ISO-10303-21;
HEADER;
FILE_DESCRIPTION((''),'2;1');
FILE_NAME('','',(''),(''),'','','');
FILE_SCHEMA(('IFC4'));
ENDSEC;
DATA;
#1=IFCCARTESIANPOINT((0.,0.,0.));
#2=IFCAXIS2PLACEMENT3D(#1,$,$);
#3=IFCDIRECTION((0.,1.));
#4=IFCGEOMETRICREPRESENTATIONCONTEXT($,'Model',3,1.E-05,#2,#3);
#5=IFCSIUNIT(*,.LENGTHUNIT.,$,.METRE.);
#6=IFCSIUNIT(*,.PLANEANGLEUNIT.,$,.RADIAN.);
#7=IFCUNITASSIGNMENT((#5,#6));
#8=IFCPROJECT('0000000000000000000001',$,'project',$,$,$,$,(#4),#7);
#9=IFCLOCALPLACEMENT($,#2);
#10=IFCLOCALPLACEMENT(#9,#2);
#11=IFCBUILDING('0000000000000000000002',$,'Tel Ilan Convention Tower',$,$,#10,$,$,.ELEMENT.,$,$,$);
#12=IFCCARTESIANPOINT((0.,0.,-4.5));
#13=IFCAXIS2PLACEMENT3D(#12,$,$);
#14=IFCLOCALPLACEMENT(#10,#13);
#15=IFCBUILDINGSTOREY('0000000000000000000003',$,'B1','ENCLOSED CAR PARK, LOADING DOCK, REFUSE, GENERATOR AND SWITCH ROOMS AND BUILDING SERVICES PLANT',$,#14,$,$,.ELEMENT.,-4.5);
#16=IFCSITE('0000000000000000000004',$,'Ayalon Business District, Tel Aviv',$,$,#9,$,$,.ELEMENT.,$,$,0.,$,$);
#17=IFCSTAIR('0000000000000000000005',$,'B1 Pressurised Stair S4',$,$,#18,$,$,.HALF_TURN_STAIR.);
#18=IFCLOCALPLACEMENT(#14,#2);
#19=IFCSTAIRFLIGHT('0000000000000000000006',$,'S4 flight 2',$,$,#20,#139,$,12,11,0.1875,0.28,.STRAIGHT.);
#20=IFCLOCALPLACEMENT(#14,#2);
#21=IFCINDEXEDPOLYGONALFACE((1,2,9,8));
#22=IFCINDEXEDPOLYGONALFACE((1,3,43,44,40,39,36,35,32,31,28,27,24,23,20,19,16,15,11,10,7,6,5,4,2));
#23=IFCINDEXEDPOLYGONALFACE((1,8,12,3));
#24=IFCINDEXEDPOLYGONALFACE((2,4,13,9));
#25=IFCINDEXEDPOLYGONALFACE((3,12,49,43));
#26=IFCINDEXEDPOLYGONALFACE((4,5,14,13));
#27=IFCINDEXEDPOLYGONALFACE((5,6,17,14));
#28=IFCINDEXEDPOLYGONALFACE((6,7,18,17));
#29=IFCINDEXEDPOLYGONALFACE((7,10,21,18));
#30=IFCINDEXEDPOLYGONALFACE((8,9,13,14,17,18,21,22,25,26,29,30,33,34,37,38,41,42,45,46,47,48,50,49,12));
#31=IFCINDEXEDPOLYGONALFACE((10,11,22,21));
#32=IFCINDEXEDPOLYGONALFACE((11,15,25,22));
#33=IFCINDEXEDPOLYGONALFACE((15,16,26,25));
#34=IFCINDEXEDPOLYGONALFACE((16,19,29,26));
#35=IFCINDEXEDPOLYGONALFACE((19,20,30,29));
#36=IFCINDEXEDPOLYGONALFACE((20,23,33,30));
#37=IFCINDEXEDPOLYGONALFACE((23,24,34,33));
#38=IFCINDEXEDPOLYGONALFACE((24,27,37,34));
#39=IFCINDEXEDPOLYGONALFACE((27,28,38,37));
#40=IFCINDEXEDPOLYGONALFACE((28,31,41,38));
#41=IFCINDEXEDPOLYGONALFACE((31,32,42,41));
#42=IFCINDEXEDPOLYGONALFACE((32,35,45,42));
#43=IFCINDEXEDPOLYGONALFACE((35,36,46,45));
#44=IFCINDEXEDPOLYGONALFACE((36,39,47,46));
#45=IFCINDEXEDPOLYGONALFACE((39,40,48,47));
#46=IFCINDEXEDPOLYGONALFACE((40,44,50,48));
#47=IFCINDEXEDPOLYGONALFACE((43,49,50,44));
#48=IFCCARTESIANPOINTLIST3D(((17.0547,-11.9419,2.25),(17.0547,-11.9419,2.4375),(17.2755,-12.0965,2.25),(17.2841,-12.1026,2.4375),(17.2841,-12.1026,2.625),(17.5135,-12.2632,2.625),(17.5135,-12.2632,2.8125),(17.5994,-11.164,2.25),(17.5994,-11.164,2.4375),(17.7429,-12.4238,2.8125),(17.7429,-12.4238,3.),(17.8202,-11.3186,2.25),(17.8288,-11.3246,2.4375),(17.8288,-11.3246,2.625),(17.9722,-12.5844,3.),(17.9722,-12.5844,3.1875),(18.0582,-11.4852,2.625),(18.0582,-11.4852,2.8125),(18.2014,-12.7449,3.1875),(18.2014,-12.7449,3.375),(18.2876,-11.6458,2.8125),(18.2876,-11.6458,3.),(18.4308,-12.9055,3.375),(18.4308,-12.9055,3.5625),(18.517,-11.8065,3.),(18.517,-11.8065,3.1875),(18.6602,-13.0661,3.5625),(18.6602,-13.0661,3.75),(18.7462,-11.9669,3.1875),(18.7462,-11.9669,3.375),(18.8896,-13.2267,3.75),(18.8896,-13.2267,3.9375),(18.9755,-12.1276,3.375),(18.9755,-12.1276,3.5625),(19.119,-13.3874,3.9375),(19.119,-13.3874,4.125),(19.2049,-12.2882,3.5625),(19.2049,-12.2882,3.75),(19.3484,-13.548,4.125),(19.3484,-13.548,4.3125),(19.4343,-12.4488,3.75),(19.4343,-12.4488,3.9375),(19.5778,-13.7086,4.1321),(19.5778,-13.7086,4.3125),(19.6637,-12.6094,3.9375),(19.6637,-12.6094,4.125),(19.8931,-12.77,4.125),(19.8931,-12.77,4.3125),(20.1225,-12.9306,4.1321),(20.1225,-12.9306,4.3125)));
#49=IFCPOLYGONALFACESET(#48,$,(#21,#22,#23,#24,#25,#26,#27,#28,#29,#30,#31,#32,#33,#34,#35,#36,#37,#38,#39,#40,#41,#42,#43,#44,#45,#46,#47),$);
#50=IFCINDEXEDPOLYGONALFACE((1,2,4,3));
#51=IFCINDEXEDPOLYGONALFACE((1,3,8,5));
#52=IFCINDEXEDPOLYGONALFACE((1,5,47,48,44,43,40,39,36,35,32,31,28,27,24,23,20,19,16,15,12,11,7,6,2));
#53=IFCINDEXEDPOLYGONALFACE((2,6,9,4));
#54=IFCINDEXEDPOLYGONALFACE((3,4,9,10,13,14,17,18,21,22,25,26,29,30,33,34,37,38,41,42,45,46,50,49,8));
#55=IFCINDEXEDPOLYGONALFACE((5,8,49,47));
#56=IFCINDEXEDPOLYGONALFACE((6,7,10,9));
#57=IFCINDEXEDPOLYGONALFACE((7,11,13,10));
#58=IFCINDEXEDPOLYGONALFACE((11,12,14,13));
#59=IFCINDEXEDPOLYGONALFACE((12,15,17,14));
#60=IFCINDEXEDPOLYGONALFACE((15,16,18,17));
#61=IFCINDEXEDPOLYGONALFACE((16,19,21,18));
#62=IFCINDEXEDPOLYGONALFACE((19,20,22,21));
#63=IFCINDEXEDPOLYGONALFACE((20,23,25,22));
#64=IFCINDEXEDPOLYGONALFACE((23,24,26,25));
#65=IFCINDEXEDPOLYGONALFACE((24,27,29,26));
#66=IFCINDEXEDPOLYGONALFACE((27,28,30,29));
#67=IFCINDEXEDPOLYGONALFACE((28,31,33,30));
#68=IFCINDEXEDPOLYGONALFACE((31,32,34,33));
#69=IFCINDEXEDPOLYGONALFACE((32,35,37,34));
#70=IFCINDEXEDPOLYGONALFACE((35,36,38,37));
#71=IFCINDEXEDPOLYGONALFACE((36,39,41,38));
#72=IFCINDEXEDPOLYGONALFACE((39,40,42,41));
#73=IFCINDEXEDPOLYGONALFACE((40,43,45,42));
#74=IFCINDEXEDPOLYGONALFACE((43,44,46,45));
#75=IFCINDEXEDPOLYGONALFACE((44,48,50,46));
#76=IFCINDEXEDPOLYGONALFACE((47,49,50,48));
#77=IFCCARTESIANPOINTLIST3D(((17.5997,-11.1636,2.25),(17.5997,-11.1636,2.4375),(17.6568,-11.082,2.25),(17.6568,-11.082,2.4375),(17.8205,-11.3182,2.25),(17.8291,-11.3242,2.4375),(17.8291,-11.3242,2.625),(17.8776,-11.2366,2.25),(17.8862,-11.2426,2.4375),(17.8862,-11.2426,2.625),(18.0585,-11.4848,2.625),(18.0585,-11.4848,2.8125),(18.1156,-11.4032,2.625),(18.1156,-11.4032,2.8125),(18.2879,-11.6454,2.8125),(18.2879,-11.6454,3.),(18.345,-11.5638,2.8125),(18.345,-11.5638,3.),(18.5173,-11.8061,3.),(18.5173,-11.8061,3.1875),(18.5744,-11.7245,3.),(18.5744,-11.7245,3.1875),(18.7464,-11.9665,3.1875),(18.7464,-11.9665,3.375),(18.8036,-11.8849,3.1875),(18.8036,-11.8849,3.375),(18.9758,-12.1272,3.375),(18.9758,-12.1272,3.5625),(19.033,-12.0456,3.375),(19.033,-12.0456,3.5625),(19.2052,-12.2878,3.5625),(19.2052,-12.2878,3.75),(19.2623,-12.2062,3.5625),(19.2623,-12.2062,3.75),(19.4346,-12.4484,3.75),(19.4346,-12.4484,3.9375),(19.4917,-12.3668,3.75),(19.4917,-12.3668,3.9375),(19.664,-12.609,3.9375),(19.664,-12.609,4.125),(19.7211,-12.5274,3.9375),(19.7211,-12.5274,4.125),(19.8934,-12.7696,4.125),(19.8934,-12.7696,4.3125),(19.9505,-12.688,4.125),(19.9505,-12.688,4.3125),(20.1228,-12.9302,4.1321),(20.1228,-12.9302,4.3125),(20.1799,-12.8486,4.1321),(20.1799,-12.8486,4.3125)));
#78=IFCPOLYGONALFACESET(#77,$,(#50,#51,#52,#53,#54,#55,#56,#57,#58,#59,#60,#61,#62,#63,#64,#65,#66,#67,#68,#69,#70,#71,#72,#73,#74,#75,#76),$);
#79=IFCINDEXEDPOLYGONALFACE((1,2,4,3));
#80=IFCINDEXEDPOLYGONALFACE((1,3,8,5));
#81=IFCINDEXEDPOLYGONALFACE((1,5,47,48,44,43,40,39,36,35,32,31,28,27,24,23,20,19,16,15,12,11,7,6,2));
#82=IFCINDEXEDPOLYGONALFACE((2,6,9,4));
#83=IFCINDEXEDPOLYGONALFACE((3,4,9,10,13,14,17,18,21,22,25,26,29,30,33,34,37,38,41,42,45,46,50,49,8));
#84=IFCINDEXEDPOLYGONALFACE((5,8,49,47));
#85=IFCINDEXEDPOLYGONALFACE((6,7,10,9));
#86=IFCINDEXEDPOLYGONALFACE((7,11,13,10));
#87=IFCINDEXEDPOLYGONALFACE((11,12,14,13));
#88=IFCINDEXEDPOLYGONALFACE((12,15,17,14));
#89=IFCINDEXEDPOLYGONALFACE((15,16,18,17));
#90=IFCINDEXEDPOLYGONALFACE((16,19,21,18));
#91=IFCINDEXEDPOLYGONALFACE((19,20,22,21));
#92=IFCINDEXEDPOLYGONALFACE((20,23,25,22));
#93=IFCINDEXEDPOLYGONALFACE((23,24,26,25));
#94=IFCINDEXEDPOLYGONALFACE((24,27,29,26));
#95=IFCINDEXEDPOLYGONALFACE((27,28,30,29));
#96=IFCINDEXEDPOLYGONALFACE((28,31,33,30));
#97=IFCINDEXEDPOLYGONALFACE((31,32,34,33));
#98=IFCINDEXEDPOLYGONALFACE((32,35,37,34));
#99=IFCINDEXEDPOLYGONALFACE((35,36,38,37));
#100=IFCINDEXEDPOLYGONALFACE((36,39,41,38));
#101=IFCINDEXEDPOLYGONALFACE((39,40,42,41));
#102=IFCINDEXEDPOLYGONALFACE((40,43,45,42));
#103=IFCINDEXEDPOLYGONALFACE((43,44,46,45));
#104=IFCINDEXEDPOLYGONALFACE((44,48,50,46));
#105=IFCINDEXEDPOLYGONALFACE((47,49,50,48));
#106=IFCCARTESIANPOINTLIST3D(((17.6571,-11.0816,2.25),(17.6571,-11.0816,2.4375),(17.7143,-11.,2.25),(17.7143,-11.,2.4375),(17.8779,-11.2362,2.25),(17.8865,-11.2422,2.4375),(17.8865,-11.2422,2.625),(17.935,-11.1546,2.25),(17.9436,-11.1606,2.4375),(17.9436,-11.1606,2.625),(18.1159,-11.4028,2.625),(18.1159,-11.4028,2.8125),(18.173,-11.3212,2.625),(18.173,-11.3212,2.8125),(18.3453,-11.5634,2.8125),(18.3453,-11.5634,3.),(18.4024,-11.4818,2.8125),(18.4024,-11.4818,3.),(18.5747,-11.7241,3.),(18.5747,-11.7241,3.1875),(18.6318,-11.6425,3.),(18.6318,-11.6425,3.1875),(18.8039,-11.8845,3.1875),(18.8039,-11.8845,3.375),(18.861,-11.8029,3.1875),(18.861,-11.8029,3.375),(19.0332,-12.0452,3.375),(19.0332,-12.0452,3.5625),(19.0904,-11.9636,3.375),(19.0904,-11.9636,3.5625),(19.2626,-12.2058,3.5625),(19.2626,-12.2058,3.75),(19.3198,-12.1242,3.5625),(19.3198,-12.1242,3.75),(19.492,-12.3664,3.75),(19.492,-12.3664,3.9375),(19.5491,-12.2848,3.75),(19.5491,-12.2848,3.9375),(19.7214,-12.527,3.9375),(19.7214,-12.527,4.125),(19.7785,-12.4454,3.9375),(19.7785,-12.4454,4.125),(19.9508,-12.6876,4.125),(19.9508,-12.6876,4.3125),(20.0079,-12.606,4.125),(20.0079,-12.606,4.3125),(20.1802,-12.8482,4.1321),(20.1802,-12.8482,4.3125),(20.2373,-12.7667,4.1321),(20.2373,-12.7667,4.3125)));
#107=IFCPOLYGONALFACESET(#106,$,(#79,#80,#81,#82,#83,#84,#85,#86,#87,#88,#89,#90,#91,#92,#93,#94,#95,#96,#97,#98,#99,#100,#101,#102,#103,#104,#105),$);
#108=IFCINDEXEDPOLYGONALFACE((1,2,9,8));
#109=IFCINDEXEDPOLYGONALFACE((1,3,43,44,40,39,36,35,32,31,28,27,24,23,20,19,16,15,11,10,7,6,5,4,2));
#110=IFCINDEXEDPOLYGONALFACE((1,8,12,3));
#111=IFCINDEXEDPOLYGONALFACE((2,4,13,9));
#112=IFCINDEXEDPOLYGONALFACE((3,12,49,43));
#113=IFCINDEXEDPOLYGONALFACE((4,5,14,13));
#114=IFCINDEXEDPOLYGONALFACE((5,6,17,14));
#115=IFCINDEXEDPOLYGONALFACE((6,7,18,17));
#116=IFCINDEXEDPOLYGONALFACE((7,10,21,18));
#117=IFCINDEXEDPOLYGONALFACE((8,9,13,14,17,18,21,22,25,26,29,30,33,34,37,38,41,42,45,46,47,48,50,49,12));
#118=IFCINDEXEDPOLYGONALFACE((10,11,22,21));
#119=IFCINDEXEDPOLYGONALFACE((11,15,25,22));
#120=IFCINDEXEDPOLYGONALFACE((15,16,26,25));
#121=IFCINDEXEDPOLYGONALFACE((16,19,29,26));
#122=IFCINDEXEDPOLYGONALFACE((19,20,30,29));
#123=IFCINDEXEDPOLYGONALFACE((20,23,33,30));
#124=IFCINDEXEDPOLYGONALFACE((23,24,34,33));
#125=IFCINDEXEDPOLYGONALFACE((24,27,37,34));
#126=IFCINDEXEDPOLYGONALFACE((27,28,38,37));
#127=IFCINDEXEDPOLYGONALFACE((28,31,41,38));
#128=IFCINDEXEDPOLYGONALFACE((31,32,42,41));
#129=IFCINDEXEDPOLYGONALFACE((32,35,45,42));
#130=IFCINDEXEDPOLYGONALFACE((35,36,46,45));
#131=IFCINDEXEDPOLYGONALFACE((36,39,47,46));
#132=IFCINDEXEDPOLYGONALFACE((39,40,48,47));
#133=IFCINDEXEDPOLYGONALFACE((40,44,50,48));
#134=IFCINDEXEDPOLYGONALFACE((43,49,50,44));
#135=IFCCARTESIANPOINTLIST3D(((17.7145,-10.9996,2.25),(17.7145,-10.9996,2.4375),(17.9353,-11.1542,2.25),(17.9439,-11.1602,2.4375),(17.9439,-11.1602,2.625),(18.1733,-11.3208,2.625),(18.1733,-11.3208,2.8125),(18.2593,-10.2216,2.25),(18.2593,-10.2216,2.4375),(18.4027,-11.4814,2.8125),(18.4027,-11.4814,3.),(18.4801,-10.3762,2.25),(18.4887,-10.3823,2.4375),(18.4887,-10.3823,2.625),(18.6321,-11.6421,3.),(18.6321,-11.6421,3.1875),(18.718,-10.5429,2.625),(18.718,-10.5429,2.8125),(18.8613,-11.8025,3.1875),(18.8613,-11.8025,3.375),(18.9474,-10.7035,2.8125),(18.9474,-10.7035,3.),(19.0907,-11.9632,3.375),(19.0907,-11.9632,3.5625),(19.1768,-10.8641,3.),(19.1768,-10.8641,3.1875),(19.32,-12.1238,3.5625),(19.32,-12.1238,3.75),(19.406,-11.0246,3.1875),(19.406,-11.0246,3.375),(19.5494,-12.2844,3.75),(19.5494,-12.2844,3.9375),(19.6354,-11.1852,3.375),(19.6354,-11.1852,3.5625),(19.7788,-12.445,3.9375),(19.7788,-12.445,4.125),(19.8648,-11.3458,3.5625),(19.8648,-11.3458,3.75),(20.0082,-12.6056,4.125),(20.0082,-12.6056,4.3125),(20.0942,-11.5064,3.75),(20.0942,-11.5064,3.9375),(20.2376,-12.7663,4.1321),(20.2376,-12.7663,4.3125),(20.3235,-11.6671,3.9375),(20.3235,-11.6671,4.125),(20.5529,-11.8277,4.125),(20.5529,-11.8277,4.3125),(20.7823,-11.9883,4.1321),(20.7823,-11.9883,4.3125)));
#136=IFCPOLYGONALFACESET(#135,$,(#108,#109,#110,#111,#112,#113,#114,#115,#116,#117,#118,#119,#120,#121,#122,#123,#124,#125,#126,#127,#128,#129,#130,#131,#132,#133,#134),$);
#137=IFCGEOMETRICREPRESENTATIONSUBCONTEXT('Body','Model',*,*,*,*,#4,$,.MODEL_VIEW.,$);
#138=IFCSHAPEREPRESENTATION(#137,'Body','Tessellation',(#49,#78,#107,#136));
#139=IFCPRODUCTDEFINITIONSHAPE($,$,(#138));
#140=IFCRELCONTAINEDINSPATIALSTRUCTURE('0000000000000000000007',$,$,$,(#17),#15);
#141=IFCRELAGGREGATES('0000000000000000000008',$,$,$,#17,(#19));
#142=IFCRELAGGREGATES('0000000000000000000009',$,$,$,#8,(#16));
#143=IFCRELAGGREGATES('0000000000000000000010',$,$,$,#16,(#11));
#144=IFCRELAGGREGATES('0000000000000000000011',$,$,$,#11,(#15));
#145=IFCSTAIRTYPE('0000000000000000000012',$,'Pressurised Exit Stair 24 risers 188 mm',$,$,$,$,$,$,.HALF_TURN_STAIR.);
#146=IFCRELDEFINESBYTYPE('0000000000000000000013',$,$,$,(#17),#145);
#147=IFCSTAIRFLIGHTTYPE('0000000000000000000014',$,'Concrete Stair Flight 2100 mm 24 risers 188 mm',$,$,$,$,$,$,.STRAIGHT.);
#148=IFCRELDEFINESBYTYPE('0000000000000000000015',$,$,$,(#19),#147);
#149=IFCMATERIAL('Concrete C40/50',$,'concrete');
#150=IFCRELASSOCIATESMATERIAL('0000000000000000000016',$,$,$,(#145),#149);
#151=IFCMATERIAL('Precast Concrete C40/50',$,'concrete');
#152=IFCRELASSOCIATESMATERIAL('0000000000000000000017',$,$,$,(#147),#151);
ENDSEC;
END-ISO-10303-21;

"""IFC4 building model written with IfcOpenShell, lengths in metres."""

from ifc_helpers import new_model, si_unit, direction, frame, origin, place, context, subcontext, project, spatial, polyline, outline, extrude, material, type_object, element, aggregate, save


model = new_model("IFC4")

# Units and contexts
model_context = context("Model", 3, precision=1e-05, world=origin(), true_north=direction((0.0, 1.0)))
body_context = subcontext(model_context, "Body", "Model", "MODEL_VIEW")
ifc_project = project(units=[si_unit("LENGTHUNIT", "METRE"), si_unit("PLANEANGLEUNIT", "RADIAN")], contexts=[model_context])

# Site, building, storey
site_placement = place(None, origin())
site = spatial("IfcSite", under=ifc_project, at=site_placement, Name="Ayalon Business District, Tel Aviv", CompositionType="ELEMENT", RefElevation=0.0)
building_placement = place(site_placement, origin())
building = spatial("IfcBuilding", under=site, at=building_placement, Name="Tel Ilan Convention Tower", CompositionType="ELEMENT")
storey_placement = place(building_placement, frame((0.0, 0.0, -4.5)))
storey = spatial("IfcBuildingStorey", under=building, at=storey_placement, Name="B1", Description="ENCLOSED CAR PARK, LOADING DOCK, REFUSE, GENERATOR AND SWITCH ROOMS AND BUILDING SERVICES PLANT", CompositionType="ELEMENT", Elevation=-4.5)

# Stair, stair flight
ifc_material_1 = material(Name="Concrete C40/50", Category="concrete")
stair_type = type_object("IfcStairType", Name="Pressurised Exit Stair 24 risers 188 mm", PredefinedType="HALF_TURN_STAIR", material=ifc_material_1)
ifc_material_2 = material(Name="Precast Concrete C40/50", Category="concrete")
stair_flight_type = type_object("IfcStairFlightType", Name="Concrete Stair Flight 2100 mm 24 risers 188 mm", PredefinedType="STRAIGHT", material=ifc_material_2)
stair_1_placement = place(storey_placement, origin())
stair_1 = element("IfcStair", 1, at=stair_1_placement, inside=storey, type_object=stair_type, Name="B1 Pressurised Stair S4", PredefinedType="HALF_TURN_STAIR")
stair_flight_1_placement = place(storey_placement, frame((17.657, -11.0818, 2.25), z_axis=(0.0, 0.0, 1.0), x_axis=(0.819152, -0.573576, 0.0)))
stair_flight_1 = element("IfcStairFlight", 2, at=stair_flight_1_placement, type_object=stair_flight_type, Name="S4 flight 2", NumberOfRisers=12, NumberOfTreads=11, PredefinedType="STRAIGHT", RiserHeight=0.1875, TreadLength=0.28, context=body_context, shape_type="SweptSolid", body=[
    extrude(outline(polyline([(0.0, 0.0), (0.0, 0.1875), (0.28, 0.1875), (0.28, 0.375), (0.5601, 0.375), (0.5601, 0.5625), (0.8401, 0.5625), (0.8401, 0.75), (1.1201, 0.75), (1.1201, 0.9375), (1.3999, 0.9375), (1.3999, 1.125), (1.6799, 1.125), (1.6799, 1.3125), (1.96, 1.3125), (1.96, 1.5), (2.24, 1.5), (2.24, 1.6875), (2.52, 1.6875), (2.52, 1.875), (2.8, 1.875), (2.8, 2.0625), (3.0801, 2.0625), (3.0801, 2.25), (3.0801, 1.8821), (0.2695, 0.0), (0.0, 0.0)])), frame((0.0, -0.1003, 0.0), z_axis=(0.0, -1.0, 0.0), x_axis=(1.0, 0.0, 0.0)), (0.0, 0.0, 1.0), 0.9497),
    extrude(outline(polyline([(0.0, 0.0), (0.0, 0.1875), (0.28, 0.1875), (0.28, 0.375), (0.5601, 0.375), (0.5601, 0.5625), (0.8401, 0.5625), (0.8401, 0.75), (1.1201, 0.75), (1.1201, 0.9375), (1.3999, 0.9375), (1.3999, 1.125), (1.6799, 1.125), (1.6799, 1.3125), (1.96, 1.3125), (1.96, 1.5), (2.24, 1.5), (2.24, 1.6875), (2.52, 1.6875), (2.52, 1.875), (2.8, 1.875), (2.8, 2.0625), (3.0801, 2.0625), (3.0801, 2.25), (3.0801, 1.8821), (0.2695, 0.0), (0.0, 0.0)])), frame((0.0, -0.0002, 0.0), z_axis=(0.0, -1.0, 0.0), x_axis=(1.0, 0.0, 0.0)), (0.0, 0.0, 1.0), 0.0996),
    extrude(outline(polyline([(0.0, 0.0), (0.0, 0.1875), (0.28, 0.1875), (0.28, 0.375), (0.5601, 0.375), (0.5601, 0.5625), (0.8401, 0.5625), (0.8401, 0.75), (1.1201, 0.75), (1.1201, 0.9375), (1.3999, 0.9375), (1.3999, 1.125), (1.6799, 1.125), (1.6799, 1.3125), (1.96, 1.3125), (1.96, 1.5), (2.24, 1.5), (2.24, 1.6875), (2.52, 1.6875), (2.52, 1.875), (2.8, 1.875), (2.8, 2.0625), (3.0801, 2.0625), (3.0801, 2.25), (3.0801, 1.8821), (0.2695, 0.0), (0.0, 0.0)])), frame((0.0, 0.0999, 0.0), z_axis=(0.0, -1.0, 0.0), x_axis=(1.0, 0.0, 0.0)), (0.0, 0.0, 1.0), 0.0996),
    extrude(outline(polyline([(0.0, 0.0), (0.0, 0.1875), (0.28, 0.1875), (0.28, 0.375), (0.5601, 0.375), (0.5601, 0.5625), (0.8401, 0.5625), (0.8401, 0.75), (1.1201, 0.75), (1.1201, 0.9375), (1.3999, 0.9375), (1.3999, 1.125), (1.6799, 1.125), (1.6799, 1.3125), (1.96, 1.3125), (1.96, 1.5), (2.24, 1.5), (2.24, 1.6875), (2.52, 1.6875), (2.52, 1.875), (2.8, 1.875), (2.8, 2.0625), (3.0801, 2.0625), (3.0801, 2.25), (3.0801, 1.8821), (0.2695, 0.0), (0.0, 0.0)])), frame((0.0, 1.05, 0.0), z_axis=(0.0, -1.0, 0.0), x_axis=(1.0, 0.0, 0.0)), (0.0, 0.0, 1.0), 0.9497),
])
aggregate(stair_1, [stair_flight_1])

save(model, "model.ifc")
